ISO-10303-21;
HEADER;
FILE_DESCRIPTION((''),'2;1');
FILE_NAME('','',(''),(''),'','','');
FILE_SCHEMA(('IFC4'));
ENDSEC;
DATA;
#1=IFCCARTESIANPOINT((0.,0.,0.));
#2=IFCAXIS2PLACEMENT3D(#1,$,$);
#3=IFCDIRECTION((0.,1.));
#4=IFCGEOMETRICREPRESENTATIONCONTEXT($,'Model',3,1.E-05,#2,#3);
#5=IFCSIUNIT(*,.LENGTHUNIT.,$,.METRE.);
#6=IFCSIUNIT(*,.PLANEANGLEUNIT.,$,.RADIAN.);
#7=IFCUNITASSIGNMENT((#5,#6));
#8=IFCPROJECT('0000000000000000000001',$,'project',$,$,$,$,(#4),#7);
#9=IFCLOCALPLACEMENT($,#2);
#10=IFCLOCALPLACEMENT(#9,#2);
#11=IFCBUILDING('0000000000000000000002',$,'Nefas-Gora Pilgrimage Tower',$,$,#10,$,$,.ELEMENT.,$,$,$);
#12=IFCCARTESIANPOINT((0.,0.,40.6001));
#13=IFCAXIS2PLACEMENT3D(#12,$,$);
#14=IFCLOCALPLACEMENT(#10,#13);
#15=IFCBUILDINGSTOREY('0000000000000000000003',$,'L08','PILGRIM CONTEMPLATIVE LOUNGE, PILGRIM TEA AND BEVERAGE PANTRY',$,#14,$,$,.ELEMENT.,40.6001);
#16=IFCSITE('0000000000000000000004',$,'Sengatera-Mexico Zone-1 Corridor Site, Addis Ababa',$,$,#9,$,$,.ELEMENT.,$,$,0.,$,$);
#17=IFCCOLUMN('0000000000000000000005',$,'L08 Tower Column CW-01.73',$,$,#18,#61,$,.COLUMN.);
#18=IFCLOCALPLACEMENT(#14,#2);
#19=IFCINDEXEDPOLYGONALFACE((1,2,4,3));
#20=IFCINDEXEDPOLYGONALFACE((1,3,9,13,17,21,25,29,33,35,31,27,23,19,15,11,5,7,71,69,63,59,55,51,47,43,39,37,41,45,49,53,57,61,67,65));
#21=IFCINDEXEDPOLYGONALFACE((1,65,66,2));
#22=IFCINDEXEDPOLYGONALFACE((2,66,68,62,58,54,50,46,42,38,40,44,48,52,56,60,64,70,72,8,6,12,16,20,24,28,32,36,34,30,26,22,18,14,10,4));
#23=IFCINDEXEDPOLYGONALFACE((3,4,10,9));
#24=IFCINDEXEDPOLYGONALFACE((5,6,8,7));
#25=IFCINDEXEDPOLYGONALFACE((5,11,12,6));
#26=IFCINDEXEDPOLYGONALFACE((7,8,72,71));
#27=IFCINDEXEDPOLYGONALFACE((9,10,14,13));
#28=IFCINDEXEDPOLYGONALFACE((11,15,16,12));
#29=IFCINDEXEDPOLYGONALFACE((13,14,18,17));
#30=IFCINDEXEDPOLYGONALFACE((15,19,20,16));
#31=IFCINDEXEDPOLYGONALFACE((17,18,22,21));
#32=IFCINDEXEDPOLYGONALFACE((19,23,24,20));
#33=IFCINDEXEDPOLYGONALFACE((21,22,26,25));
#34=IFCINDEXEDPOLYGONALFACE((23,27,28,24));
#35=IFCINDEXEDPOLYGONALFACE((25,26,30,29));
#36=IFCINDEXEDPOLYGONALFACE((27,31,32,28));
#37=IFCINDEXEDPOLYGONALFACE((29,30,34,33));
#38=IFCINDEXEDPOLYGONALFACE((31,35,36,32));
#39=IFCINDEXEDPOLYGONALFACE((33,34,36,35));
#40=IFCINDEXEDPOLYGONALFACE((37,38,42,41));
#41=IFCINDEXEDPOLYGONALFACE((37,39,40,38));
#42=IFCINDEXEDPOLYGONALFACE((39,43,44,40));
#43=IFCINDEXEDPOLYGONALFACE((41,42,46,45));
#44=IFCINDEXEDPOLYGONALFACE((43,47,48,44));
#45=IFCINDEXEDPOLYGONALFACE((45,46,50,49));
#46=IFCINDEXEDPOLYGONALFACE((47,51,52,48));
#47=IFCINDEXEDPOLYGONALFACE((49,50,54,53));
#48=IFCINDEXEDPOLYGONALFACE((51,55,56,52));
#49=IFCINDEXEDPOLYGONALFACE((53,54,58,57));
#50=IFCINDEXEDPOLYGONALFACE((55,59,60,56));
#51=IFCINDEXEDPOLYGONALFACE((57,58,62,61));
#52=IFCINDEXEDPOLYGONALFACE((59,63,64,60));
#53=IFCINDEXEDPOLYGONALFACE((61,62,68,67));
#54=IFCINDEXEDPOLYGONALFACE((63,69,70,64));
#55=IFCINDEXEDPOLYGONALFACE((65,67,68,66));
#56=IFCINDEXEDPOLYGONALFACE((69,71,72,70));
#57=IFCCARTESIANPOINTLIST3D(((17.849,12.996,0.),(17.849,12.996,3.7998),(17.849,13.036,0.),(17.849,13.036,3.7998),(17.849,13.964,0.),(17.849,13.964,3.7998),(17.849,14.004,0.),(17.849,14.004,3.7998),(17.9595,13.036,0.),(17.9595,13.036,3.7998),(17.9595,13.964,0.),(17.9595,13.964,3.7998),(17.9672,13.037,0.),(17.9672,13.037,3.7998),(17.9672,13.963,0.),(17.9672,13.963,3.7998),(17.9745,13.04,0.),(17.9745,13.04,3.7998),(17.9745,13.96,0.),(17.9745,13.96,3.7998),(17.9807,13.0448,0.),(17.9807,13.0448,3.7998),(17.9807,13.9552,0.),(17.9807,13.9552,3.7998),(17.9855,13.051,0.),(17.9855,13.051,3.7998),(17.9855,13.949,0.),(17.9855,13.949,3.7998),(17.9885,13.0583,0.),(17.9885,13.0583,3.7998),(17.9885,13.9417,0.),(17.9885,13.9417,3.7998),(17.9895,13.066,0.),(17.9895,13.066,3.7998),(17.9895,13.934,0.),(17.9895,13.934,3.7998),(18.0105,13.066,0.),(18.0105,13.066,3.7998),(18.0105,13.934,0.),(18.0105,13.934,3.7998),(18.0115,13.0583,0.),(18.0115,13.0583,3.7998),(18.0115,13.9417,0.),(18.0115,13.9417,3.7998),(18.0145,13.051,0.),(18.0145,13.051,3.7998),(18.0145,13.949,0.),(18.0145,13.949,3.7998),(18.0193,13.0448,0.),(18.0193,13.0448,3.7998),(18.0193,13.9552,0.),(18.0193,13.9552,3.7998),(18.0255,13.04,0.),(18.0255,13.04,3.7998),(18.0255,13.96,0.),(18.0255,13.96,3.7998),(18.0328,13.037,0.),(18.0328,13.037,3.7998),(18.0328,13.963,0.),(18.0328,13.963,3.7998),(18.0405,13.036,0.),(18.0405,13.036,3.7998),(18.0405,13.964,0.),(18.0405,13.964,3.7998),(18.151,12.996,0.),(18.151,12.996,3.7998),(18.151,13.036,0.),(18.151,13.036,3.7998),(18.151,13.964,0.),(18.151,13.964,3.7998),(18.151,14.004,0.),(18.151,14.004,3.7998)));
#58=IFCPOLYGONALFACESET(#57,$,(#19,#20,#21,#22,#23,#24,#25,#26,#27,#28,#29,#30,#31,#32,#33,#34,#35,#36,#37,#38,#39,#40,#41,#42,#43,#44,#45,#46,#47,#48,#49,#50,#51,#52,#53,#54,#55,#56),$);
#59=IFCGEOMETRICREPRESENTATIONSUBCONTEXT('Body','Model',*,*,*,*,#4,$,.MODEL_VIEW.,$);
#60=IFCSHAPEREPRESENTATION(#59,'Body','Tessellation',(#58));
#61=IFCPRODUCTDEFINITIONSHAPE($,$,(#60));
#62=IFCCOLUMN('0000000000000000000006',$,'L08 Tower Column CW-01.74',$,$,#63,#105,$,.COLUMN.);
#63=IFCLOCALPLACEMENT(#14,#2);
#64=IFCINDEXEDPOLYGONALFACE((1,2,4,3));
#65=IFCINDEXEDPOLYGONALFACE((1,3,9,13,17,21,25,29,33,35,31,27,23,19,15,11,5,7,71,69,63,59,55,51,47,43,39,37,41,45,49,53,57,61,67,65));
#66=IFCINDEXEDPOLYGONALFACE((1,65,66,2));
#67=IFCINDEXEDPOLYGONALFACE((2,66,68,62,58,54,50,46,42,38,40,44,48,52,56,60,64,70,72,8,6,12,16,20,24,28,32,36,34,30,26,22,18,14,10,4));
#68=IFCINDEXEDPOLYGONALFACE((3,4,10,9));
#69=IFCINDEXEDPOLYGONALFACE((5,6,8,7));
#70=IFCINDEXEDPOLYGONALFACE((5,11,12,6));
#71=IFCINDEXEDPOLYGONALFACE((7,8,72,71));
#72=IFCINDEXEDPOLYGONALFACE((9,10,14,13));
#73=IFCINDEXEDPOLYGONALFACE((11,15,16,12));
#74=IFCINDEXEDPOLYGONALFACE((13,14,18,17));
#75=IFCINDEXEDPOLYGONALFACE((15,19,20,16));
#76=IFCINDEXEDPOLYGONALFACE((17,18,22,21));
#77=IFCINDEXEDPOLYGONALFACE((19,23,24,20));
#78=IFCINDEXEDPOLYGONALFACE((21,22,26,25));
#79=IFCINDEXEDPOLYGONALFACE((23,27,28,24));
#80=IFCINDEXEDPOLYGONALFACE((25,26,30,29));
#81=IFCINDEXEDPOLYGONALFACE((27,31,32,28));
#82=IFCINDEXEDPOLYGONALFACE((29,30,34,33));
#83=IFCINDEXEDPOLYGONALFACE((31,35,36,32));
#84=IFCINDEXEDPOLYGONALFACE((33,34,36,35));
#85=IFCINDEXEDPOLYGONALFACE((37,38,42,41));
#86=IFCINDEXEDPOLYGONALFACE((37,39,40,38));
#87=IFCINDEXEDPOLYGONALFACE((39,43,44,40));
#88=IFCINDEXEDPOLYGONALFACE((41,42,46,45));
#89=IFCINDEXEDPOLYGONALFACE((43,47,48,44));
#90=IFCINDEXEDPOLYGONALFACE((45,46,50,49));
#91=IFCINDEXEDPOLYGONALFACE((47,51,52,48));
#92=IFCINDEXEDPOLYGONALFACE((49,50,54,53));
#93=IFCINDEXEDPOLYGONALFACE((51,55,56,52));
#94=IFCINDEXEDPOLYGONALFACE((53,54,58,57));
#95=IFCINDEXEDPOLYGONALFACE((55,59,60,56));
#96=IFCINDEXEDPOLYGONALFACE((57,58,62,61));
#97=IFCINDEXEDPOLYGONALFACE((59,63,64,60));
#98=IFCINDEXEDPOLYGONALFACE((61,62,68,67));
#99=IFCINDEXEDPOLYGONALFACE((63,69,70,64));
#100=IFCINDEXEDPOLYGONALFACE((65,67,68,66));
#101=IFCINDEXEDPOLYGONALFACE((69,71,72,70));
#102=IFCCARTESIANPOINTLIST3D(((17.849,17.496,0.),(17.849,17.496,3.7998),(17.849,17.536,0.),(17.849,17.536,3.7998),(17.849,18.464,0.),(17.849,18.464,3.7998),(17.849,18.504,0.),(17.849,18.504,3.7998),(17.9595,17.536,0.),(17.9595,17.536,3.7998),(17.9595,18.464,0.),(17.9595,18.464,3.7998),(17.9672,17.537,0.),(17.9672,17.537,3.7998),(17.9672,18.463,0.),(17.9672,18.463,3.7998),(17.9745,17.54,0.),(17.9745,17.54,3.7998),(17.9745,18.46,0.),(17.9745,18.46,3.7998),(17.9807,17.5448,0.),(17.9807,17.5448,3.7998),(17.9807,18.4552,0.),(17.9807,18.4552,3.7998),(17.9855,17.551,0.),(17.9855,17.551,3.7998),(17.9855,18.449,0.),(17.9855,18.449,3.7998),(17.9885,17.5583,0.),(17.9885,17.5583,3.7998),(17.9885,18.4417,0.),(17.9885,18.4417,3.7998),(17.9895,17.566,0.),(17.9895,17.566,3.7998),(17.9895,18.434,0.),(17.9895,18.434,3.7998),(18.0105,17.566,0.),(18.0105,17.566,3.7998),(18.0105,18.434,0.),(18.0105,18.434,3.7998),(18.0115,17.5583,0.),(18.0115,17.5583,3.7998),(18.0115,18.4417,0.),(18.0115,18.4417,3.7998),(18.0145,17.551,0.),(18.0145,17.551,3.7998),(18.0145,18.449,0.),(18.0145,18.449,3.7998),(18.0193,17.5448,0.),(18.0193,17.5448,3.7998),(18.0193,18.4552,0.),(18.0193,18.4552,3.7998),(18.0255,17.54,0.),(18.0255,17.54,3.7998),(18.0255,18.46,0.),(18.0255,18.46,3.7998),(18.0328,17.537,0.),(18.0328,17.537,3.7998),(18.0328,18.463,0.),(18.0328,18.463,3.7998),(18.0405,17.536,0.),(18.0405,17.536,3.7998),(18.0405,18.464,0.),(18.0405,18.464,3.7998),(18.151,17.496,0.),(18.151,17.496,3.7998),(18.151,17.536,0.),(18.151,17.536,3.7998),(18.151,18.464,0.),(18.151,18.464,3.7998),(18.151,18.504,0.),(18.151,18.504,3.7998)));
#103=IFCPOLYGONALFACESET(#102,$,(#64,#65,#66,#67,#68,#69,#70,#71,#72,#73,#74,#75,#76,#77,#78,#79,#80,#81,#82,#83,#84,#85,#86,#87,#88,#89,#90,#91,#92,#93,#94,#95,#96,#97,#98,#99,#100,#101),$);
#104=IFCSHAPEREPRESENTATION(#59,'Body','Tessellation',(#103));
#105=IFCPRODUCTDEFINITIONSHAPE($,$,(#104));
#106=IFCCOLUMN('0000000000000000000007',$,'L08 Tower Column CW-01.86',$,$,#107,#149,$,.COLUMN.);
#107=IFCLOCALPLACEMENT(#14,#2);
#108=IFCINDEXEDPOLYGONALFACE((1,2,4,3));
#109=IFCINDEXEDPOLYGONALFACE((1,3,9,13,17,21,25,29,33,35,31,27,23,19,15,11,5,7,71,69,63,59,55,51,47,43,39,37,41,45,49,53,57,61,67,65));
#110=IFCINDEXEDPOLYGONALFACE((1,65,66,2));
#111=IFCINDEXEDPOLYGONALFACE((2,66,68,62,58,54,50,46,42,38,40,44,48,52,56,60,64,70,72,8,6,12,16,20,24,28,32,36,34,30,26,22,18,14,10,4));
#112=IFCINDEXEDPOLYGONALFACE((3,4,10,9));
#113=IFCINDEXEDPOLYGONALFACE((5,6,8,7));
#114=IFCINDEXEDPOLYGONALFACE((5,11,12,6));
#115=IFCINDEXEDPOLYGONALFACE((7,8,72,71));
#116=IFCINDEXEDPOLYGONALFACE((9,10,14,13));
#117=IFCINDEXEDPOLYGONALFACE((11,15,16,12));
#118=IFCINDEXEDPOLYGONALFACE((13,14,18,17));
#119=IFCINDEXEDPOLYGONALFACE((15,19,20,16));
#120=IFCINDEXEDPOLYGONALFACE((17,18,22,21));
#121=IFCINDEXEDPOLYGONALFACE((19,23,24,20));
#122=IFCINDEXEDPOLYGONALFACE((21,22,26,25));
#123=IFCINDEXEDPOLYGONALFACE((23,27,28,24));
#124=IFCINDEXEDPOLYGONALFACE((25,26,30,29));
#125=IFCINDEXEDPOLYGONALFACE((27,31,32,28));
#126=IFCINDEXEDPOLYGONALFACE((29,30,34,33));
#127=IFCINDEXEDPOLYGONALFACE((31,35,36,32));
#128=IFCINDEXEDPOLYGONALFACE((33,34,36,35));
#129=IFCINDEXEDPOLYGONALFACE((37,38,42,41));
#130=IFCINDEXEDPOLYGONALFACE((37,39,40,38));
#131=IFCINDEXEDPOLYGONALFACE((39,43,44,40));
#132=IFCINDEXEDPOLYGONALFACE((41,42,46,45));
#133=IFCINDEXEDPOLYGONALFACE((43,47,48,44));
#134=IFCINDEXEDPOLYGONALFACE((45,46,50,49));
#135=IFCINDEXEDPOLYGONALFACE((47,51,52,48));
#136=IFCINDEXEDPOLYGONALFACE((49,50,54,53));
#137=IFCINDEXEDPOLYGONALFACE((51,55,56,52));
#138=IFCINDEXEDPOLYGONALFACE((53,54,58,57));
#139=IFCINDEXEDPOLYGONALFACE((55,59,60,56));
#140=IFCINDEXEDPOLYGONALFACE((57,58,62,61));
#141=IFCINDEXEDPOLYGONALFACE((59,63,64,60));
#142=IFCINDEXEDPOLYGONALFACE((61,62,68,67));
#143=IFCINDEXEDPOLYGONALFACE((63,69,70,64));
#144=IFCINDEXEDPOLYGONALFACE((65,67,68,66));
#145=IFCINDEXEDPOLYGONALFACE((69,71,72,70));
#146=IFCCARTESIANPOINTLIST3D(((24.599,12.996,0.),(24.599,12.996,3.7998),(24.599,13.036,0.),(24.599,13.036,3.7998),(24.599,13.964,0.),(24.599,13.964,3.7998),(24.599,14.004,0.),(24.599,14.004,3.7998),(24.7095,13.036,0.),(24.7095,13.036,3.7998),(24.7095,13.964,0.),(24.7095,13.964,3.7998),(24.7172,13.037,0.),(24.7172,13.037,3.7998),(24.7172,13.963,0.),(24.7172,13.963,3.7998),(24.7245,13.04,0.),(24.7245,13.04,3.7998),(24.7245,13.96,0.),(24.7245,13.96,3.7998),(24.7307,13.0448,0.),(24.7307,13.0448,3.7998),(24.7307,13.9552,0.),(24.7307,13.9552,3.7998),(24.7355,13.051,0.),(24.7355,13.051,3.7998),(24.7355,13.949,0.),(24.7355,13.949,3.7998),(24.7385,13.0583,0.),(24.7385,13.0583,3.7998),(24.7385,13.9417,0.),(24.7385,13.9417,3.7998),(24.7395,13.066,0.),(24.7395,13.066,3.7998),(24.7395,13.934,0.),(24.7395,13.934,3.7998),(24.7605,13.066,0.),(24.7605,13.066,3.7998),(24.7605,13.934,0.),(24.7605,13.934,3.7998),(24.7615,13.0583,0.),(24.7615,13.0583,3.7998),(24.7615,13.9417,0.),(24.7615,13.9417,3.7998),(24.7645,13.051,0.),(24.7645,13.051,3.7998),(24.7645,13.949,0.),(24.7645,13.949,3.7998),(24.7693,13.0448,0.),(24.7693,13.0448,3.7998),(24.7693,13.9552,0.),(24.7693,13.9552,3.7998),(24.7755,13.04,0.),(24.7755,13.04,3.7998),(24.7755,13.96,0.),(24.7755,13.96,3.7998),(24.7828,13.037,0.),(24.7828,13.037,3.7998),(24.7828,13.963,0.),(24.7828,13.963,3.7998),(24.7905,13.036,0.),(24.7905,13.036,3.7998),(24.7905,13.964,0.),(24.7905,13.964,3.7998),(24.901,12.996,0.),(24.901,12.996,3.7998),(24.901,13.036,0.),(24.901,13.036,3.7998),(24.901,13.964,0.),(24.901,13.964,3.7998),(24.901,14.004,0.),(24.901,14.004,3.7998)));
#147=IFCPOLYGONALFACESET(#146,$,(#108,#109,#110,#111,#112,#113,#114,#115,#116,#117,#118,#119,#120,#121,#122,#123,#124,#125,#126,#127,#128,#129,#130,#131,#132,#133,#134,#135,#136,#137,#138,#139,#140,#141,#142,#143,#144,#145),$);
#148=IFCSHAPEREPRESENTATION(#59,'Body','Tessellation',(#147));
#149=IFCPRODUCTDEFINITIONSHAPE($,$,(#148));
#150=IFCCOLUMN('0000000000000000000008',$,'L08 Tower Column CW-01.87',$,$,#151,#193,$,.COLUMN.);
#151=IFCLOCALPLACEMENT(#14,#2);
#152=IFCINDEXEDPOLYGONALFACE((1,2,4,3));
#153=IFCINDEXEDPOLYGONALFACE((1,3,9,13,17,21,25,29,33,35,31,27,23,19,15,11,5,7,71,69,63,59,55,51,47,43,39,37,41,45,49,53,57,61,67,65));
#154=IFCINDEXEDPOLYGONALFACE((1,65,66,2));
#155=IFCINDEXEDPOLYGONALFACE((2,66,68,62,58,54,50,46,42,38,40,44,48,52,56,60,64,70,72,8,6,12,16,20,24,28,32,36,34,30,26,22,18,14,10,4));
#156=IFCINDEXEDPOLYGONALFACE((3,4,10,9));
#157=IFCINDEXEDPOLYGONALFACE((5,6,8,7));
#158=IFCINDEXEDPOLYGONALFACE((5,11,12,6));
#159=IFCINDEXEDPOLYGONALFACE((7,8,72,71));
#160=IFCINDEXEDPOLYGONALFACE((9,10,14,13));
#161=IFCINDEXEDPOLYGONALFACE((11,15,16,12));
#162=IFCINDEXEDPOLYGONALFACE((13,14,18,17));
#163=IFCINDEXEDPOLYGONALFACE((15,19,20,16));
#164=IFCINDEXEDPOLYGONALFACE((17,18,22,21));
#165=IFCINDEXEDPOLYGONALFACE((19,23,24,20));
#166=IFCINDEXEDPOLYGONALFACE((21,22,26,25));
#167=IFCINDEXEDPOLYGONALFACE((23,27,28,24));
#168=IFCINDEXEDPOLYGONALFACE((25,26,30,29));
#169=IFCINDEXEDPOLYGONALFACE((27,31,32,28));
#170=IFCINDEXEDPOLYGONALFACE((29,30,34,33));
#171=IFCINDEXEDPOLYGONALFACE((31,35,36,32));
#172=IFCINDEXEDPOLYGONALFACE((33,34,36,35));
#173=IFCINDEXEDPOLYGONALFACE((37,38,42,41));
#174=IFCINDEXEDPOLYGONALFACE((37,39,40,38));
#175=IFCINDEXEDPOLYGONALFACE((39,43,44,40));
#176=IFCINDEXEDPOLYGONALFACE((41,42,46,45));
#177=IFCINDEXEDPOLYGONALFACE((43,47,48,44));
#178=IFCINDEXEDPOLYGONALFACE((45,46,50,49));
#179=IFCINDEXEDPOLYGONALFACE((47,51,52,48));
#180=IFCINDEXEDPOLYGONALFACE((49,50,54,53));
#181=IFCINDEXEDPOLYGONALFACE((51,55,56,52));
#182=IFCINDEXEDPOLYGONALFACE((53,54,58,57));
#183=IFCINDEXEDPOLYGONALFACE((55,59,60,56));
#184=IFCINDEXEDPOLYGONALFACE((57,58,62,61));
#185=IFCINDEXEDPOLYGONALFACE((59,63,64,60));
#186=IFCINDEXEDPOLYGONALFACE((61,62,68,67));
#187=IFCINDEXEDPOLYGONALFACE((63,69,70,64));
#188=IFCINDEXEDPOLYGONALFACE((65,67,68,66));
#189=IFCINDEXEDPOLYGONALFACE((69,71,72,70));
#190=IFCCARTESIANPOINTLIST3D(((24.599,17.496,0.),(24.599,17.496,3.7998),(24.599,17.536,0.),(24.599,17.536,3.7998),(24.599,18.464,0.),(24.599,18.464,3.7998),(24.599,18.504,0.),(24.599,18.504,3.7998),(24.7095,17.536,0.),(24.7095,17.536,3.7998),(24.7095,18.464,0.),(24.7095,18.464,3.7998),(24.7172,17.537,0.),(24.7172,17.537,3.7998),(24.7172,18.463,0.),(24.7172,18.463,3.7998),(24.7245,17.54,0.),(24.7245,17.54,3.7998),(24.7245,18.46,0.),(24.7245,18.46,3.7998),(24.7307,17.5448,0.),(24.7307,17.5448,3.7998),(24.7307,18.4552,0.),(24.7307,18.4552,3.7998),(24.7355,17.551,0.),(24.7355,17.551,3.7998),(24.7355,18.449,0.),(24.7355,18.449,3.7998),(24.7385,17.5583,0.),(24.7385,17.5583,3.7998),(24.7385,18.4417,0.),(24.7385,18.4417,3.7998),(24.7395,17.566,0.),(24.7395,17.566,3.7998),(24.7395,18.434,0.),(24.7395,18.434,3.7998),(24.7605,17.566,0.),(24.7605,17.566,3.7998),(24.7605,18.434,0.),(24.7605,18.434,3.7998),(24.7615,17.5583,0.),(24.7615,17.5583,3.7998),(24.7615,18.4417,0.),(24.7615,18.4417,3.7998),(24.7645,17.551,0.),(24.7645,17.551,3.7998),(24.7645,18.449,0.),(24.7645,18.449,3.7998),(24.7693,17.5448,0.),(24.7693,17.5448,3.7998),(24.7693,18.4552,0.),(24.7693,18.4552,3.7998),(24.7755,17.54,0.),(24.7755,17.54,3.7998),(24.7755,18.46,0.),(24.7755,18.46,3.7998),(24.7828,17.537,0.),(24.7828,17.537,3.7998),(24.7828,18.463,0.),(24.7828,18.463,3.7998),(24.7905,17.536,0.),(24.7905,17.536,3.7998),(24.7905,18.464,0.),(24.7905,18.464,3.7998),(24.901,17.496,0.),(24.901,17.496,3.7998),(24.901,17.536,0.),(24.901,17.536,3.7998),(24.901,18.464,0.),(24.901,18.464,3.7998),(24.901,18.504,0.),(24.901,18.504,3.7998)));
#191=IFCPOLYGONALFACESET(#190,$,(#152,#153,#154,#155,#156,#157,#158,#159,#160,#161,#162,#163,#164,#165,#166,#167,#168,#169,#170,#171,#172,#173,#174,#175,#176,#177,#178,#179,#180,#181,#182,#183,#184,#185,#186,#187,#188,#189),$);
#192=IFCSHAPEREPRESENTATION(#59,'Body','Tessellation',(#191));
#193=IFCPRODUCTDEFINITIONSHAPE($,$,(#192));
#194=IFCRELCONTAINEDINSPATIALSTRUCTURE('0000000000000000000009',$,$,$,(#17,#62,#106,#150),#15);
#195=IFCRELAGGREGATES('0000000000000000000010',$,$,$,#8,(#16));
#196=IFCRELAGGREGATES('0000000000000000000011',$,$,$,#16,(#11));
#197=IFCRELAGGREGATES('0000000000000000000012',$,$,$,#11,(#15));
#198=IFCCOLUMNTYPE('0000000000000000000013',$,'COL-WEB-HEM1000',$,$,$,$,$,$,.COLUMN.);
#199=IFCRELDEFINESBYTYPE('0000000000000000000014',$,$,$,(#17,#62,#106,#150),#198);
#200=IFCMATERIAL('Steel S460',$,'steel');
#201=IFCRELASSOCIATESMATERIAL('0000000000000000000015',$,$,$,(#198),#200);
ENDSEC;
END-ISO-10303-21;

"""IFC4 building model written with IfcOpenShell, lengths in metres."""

from ifc_helpers import new_model, si_unit, direction, frame, origin, origin_2d, place, context, subcontext, project, spatial, i_section, extrude, source, transform, mapped, material, material_profile, profile_set, type_object, element, save


model = new_model("IFC4")

# Units and contexts
model_context = context("Model", 3, precision=1e-05, world=origin(), true_north=direction((0.0, 1.0)))
body_context = subcontext(model_context, "Body", "Model", "MODEL_VIEW")
ifc_project = project(units=[si_unit("LENGTHUNIT", "METRE"), si_unit("PLANEANGLEUNIT", "RADIAN")], contexts=[model_context])

# Site, building, storey
site_placement = place(None, origin())
site = spatial("IfcSite", under=ifc_project, at=site_placement, Name="Sengatera-Mexico Zone-1 Corridor Site, Addis Ababa", CompositionType="ELEMENT", RefElevation=0.0)
building_placement = place(site_placement, origin())
building = spatial("IfcBuilding", under=site, at=building_placement, Name="Nefas-Gora Pilgrimage Tower", CompositionType="ELEMENT")
storey_placement = place(building_placement, frame((0.0, 0.0, 40.6001)))
storey = spatial("IfcBuildingStorey", under=building, at=storey_placement, Name="L08", Description="PILGRIM CONTEMPLATIVE LOUNGE, PILGRIM TEA AND BEVERAGE PANTRY", CompositionType="ELEMENT", Elevation=40.6001)

# Columns
ifc_material_1 = material(Name="Steel S460", Category="steel")
ifc_material_profile_1 = material_profile(ifc_material_1, i_section(OverallWidth=0.302, OverallDepth=1.0081, WebThickness=0.021, FlangeThickness=0.04, FilletRadius=0.03, at=origin_2d()), Name="HEM 1000")
ifc_profile_set_1 = profile_set([ifc_material_profile_1], Name="Steel S460")
column_type_1 = type_object("IfcColumnType", Name="COL-WEB-HEM1000", PredefinedType="COLUMN", material=ifc_profile_set_1)
shared_shape_1 = source(origin(), body_context, "Body", "SweptSolid", [
    extrude(i_section(OverallWidth=0.302, OverallDepth=1.0081, WebThickness=0.021, FlangeThickness=0.04, FilletRadius=0.03, at=origin_2d()), origin(), (0.0, 0.0, 1.0), 3.7998),
])
for number, where, z_axis, x_axis, name in (
    (1, (18.0, 13.5, 0.0), (0.0, 0.0, 1.0), (1.0, 0.0, 0.0), "L08 Tower Column CW-01.73"),
    (2, (18.0, 18.0, 0.0), (0.0, 0.0, 1.0), (1.0, 0.0, 0.0), "L08 Tower Column CW-01.74"),
    (3, (24.75, 13.5, 0.0), (0.0, 0.0, 1.0), (1.0, 0.0, 0.0), "L08 Tower Column CW-01.86"),
    (4, (24.75, 18.0, 0.0), (0.0, 0.0, 1.0), (1.0, 0.0, 0.0), "L08 Tower Column CW-01.87"),
):
    element("IfcColumn", number, at=place(storey_placement, frame(where, z_axis=z_axis, x_axis=x_axis)), inside=storey, type_object=column_type_1, Name=name, PredefinedType="COLUMN", context=body_context, shape_type="MappedRepresentation", body=[
        mapped(shared_shape_1, transform((0.0, 0.0, 0.0), x_axis=(1.0, 0.0, 0.0), y_axis=(0.0, 1.0, 0.0), z_axis=(0.0, 0.0, 1.0), scale=1.0)),
    ])

save(model, "model.ifc")
